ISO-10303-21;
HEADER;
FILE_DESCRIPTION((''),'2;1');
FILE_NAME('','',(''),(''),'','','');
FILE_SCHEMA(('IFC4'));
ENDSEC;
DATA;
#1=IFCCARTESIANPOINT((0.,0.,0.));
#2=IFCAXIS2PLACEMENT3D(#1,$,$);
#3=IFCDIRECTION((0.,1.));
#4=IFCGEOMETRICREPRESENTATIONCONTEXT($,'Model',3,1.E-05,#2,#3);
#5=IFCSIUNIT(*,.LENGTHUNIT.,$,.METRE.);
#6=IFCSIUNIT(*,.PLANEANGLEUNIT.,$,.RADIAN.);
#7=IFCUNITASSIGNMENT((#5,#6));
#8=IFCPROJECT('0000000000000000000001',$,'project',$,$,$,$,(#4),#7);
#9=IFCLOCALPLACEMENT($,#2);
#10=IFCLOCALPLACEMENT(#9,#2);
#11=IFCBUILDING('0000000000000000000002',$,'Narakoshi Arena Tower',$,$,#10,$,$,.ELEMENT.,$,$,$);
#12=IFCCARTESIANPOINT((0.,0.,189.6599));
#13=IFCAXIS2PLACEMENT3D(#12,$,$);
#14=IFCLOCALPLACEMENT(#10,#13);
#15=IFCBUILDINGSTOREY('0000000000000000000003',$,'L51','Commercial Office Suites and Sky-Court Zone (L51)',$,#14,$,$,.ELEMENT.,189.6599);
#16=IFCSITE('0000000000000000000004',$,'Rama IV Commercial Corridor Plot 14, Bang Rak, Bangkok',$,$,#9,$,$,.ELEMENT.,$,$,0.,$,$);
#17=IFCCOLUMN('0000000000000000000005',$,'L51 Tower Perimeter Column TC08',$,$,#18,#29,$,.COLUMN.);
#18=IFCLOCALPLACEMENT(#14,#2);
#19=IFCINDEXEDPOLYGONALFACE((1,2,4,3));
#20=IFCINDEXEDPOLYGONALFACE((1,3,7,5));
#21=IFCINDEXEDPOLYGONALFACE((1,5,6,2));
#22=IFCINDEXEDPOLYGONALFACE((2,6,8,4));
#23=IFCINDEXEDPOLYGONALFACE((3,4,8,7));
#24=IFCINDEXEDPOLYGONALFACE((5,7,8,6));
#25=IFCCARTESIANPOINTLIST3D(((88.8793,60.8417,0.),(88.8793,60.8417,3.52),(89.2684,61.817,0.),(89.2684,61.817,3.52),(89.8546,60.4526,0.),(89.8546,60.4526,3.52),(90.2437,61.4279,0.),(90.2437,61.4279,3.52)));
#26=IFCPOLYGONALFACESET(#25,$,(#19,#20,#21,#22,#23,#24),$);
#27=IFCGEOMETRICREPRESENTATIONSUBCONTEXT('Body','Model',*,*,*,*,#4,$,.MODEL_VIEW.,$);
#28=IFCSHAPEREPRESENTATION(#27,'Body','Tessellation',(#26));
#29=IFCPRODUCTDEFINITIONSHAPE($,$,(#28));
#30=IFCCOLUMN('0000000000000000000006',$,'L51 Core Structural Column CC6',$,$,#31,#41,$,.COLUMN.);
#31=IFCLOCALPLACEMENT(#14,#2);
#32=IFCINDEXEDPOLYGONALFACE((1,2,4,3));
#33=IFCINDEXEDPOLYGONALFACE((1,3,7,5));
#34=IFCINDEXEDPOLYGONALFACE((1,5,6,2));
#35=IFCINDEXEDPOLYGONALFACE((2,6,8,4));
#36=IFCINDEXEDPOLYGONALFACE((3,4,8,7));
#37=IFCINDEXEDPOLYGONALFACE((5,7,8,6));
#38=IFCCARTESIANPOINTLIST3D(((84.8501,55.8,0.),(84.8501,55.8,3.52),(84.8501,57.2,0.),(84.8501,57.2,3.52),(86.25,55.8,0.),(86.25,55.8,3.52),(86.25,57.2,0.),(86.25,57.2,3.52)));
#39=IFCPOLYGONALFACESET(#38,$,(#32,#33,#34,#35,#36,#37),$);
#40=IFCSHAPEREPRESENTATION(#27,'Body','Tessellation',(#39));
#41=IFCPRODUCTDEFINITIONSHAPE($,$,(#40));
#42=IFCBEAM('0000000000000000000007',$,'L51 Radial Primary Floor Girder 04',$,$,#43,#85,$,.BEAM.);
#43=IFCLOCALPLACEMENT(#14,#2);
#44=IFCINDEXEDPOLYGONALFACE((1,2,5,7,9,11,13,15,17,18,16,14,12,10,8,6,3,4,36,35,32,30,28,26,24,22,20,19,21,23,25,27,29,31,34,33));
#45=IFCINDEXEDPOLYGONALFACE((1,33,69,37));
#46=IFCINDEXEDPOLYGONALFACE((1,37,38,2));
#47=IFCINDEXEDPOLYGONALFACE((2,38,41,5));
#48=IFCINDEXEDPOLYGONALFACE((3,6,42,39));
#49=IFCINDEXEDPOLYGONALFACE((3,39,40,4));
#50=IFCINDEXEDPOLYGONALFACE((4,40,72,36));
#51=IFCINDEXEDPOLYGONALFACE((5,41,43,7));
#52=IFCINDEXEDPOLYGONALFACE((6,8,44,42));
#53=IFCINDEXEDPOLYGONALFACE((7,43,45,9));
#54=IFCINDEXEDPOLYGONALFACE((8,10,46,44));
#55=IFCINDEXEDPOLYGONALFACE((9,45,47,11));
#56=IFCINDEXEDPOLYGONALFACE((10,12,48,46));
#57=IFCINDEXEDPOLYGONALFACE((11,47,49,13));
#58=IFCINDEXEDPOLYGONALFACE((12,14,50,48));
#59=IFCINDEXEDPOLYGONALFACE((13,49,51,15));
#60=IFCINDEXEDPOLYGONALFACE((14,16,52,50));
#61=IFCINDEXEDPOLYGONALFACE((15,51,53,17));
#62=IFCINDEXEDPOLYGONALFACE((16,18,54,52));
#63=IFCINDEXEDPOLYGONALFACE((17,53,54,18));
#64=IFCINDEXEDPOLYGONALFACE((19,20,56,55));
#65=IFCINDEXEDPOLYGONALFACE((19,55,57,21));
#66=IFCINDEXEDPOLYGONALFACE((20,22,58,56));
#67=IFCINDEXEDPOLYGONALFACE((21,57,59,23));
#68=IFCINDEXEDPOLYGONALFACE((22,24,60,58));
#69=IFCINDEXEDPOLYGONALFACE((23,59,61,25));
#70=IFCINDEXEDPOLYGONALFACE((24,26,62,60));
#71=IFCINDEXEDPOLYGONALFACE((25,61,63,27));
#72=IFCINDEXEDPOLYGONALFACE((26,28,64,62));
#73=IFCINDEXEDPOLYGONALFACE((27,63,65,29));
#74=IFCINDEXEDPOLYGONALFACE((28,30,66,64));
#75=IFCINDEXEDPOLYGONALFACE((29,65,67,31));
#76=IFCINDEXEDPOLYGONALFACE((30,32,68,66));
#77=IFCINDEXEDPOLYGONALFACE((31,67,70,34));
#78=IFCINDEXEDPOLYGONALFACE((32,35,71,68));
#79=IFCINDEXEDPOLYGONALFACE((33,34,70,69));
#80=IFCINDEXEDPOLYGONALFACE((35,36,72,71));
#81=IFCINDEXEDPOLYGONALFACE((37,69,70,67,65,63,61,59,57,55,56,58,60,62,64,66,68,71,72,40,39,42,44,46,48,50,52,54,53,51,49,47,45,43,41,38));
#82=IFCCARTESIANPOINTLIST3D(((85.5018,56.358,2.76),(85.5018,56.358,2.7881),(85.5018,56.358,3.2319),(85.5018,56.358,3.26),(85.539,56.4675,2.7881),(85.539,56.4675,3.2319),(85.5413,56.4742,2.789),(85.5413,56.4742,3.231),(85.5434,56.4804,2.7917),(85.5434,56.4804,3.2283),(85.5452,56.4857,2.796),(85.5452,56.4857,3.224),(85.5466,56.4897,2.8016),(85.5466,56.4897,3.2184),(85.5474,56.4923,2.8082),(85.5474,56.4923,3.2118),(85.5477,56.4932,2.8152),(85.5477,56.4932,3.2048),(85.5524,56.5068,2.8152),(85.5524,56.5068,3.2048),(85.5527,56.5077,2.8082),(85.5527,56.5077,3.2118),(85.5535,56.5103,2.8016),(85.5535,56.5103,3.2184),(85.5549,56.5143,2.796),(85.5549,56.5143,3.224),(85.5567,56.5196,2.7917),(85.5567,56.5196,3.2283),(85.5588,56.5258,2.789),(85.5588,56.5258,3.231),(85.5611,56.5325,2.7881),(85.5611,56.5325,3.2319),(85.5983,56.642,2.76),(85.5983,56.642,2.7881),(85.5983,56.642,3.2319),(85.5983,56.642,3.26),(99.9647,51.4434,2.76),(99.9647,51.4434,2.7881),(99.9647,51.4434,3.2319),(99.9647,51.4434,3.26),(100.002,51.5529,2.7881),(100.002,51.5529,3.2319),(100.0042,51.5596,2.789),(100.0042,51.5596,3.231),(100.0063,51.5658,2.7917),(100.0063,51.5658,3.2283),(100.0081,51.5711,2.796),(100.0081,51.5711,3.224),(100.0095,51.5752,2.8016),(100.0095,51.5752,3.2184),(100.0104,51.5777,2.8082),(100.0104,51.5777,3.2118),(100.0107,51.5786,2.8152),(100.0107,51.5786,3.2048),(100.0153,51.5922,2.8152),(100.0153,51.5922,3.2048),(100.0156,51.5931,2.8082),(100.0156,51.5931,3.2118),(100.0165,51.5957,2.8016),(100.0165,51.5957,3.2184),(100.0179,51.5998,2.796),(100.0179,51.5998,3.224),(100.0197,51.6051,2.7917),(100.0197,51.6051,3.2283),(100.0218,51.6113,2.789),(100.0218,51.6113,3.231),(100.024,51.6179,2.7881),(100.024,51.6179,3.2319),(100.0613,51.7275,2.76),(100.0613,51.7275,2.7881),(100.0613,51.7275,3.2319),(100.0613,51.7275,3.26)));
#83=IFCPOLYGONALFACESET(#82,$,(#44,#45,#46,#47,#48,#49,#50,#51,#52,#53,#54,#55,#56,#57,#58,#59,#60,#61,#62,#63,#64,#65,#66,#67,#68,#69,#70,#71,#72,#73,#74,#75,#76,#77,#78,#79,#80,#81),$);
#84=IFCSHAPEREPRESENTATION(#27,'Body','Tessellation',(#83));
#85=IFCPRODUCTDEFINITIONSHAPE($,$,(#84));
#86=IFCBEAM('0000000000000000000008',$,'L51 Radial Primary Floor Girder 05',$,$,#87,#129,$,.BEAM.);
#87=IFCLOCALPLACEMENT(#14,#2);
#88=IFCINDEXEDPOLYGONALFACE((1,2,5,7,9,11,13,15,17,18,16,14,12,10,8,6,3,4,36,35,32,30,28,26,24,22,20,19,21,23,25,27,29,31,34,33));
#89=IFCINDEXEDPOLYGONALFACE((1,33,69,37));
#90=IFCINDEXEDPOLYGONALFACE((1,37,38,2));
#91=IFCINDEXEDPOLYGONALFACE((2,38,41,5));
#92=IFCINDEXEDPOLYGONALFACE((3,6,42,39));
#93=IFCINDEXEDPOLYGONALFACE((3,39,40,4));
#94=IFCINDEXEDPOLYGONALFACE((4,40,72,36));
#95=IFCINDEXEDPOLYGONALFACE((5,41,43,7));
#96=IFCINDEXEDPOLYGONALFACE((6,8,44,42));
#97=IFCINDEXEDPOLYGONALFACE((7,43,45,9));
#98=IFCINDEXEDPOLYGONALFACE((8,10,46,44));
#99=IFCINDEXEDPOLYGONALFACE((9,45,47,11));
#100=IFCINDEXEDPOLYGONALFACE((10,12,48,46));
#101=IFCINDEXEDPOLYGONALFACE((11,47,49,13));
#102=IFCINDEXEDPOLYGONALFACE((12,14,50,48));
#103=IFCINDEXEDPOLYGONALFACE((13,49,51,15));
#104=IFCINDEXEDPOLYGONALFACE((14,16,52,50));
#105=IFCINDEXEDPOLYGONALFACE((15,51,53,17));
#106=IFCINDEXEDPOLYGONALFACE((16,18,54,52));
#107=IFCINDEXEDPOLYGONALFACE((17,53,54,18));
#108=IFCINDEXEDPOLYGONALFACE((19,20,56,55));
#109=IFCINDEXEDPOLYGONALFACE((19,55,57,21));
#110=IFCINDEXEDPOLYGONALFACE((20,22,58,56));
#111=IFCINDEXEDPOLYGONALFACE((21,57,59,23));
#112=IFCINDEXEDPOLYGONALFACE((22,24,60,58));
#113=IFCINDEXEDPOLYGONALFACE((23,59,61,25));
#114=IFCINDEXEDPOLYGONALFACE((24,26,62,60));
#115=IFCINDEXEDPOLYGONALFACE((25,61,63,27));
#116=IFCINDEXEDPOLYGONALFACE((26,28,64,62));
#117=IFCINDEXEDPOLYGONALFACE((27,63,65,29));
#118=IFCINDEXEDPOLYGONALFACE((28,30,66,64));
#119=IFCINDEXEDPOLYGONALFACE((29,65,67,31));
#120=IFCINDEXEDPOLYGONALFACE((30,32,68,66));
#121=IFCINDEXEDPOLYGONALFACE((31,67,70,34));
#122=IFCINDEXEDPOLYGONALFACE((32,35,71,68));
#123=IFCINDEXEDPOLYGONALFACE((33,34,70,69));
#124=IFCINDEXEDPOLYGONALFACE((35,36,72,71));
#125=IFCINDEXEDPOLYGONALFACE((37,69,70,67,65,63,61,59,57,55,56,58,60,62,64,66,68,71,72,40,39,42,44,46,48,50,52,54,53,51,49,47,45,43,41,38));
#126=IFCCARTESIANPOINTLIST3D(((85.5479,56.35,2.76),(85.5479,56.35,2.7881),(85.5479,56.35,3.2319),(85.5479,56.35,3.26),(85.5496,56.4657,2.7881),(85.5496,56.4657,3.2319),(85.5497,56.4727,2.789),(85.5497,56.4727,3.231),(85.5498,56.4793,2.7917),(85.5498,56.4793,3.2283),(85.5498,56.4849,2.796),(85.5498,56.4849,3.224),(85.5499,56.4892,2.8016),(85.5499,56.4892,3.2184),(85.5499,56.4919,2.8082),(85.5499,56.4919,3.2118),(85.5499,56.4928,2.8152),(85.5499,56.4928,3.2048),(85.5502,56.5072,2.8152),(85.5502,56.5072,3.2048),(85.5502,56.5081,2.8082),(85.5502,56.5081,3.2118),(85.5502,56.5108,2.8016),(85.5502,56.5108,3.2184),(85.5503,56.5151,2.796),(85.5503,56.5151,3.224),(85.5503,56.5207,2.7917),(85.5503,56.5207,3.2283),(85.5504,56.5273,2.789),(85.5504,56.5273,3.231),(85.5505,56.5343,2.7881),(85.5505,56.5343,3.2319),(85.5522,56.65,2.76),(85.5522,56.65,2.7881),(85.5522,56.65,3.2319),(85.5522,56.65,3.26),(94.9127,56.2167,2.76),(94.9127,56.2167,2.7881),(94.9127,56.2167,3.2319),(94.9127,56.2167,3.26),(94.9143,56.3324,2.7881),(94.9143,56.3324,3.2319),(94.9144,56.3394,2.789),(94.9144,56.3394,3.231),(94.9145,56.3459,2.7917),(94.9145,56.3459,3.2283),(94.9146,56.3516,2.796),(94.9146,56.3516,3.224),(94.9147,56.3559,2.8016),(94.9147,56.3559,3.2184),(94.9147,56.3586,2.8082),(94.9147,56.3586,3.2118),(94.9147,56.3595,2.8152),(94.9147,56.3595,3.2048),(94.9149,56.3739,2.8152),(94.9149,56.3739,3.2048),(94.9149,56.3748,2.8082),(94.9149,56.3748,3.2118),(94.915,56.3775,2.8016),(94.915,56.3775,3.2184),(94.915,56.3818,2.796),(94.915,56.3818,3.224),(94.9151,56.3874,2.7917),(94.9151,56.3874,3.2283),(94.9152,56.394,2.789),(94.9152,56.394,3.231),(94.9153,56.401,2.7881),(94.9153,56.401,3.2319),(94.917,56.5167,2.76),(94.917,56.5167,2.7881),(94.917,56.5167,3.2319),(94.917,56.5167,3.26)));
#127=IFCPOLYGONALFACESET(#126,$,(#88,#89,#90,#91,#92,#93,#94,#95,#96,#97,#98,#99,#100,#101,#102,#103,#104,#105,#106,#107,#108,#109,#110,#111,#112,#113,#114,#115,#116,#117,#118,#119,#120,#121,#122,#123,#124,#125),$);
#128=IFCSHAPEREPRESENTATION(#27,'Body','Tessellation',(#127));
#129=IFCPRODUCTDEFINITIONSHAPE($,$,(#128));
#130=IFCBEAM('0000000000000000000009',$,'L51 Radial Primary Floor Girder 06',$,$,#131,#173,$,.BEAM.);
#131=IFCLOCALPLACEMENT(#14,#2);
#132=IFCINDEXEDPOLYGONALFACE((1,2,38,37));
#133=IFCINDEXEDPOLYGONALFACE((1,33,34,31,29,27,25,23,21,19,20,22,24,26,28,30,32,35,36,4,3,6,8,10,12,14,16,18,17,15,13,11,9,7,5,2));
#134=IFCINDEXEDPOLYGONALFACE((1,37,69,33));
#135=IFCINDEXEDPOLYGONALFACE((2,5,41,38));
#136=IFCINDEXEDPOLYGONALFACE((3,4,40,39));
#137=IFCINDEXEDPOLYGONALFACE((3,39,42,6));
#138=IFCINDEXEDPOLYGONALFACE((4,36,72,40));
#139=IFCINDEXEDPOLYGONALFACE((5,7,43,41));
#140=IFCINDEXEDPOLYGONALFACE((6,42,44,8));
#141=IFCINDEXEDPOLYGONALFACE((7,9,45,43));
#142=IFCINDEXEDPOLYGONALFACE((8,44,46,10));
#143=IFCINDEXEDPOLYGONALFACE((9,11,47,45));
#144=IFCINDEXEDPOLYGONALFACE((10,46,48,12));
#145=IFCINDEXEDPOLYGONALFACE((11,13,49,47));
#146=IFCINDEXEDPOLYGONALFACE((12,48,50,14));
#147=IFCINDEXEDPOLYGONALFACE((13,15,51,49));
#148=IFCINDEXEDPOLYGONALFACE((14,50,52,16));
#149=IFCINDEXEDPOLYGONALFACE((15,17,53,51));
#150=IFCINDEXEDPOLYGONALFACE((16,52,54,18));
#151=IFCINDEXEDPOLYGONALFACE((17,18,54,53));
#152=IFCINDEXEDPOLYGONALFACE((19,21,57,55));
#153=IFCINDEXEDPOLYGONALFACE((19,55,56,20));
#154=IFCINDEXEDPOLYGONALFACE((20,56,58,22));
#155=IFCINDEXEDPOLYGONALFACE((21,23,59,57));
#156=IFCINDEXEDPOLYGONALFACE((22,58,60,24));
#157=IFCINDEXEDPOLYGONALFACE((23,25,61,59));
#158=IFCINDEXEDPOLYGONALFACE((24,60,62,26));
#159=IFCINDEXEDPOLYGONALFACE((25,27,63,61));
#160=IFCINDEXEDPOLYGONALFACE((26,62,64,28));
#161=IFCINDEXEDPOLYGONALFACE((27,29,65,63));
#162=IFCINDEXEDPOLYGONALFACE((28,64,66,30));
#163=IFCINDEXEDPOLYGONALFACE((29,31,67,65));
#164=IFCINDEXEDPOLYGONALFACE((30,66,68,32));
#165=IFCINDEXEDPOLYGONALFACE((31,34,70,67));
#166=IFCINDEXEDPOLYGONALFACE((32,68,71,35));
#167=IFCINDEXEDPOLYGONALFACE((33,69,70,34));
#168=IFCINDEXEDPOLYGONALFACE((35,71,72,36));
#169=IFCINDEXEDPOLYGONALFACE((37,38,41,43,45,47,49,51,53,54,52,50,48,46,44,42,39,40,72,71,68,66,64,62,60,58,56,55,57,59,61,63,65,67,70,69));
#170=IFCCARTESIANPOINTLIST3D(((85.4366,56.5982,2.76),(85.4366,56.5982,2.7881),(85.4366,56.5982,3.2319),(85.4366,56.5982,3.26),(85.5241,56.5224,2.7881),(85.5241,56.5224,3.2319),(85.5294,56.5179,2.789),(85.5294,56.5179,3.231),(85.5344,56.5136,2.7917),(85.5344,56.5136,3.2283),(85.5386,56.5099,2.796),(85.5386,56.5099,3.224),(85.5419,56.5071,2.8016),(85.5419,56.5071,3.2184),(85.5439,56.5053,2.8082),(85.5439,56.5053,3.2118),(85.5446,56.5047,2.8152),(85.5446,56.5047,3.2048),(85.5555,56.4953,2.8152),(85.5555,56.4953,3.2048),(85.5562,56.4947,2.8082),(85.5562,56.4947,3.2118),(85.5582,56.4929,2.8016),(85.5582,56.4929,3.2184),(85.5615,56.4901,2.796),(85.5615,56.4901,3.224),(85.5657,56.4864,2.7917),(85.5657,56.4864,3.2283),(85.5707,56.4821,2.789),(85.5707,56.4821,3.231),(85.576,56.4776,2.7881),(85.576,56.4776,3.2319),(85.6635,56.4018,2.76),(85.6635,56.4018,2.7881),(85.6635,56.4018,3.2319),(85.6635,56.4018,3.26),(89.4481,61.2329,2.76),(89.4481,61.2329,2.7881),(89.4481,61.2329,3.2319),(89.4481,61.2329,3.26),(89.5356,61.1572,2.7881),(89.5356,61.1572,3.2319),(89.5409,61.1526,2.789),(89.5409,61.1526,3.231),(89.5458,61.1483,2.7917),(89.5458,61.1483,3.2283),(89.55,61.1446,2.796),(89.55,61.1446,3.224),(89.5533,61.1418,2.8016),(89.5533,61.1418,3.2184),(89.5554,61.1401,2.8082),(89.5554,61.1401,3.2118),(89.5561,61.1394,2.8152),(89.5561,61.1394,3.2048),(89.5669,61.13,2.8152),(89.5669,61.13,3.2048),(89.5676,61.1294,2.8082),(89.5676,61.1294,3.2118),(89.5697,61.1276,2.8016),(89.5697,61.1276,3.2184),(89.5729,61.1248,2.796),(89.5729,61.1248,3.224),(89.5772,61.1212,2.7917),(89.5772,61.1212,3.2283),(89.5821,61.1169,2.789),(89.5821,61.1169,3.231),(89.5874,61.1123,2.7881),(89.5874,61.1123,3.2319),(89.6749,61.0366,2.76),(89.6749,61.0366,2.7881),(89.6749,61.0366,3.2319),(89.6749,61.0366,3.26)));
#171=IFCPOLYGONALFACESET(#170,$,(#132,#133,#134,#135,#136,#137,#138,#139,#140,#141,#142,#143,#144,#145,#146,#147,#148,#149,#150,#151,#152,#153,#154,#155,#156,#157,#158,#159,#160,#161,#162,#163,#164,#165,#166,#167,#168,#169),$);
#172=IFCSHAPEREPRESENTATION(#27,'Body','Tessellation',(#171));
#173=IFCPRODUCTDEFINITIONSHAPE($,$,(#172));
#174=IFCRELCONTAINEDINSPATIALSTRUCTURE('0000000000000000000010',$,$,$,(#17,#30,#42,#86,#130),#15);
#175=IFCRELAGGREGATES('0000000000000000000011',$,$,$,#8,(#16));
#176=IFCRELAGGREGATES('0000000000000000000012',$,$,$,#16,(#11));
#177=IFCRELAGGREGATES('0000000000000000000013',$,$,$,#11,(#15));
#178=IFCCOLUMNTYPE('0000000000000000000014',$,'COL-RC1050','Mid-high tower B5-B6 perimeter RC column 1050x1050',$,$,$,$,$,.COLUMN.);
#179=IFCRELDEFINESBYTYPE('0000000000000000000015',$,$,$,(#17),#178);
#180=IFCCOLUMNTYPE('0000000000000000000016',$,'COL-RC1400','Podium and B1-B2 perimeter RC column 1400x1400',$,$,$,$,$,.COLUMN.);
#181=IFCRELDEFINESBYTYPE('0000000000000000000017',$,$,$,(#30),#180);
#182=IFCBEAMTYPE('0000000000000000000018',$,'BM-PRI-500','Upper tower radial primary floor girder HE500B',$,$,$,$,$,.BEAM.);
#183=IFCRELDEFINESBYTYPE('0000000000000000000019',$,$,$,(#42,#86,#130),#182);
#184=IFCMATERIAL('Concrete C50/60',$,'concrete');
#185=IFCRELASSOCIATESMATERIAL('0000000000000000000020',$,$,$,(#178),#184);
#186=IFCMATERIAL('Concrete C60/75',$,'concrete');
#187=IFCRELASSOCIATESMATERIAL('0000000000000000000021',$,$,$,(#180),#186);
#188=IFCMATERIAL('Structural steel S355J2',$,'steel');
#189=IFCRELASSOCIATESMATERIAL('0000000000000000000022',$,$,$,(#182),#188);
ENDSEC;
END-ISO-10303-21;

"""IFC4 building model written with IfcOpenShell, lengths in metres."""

from ifc_helpers import new_model, si_unit, direction, frame, origin, origin_2d, place, context, subcontext, project, spatial, rectangle, i_section, extrude, material, material_profile, profile_set, type_object, element, save


model = new_model("IFC4")

# Units and contexts
model_context = context("Model", 3, precision=1e-05, world=origin(), true_north=direction((0.0, 1.0)))
body_context = subcontext(model_context, "Body", "Model", "MODEL_VIEW")
ifc_project = project(units=[si_unit("LENGTHUNIT", "METRE"), si_unit("PLANEANGLEUNIT", "RADIAN")], contexts=[model_context])

# Site, building, storey
site_placement = place(None, origin())
site = spatial("IfcSite", under=ifc_project, at=site_placement, Name="Rama IV Commercial Corridor Plot 14, Bang Rak, Bangkok", CompositionType="ELEMENT", RefElevation=0.0)
building_placement = place(site_placement, origin())
building = spatial("IfcBuilding", under=site, at=building_placement, Name="Narakoshi Arena Tower", CompositionType="ELEMENT")
storey_placement = place(building_placement, frame((0.0, 0.0, 189.6599)))
storey = spatial("IfcBuildingStorey", under=building, at=storey_placement, Name="L51", Description="Commercial Office Suites and Sky-Court Zone (L51)", CompositionType="ELEMENT", Elevation=189.6599)

# Columns
ifc_material_1 = material(Name="Concrete C50/60", Category="concrete")
ifc_material_profile_1 = material_profile(ifc_material_1, rectangle(XDim=1.05, YDim=1.05, at=origin_2d()), Name="RC1050x1050")
ifc_profile_set_1 = profile_set([ifc_material_profile_1], Name="Concrete C50/60")
column_type_1 = type_object("IfcColumnType", Name="COL-RC1050", Description="Mid-high tower B5-B6 perimeter RC column 1050x1050", PredefinedType="COLUMN", material=ifc_profile_set_1)
column_1_placement = place(storey_placement, frame((89.5615, 61.1348, 0.0), z_axis=(0.0, 0.0, 1.0), x_axis=(0.370557, 0.92881, 0.0)))
element("IfcColumn", 1, at=column_1_placement, inside=storey, type_object=column_type_1, Name="L51 Tower Perimeter Column TC08", PredefinedType="COLUMN", context=body_context, shape_type="SweptSolid", body=[
    extrude(rectangle(XDim=1.05, YDim=1.05, at=origin_2d()), origin(), (0.0, 0.0, 1.0), 3.52),
])
ifc_material_2 = material(Name="Concrete C60/75", Category="concrete")
ifc_material_profile_2 = material_profile(ifc_material_2, rectangle(XDim=1.3999, YDim=1.3999, at=origin_2d()), Name="RC1400x1400")
ifc_profile_set_2 = profile_set([ifc_material_profile_2], Name="Concrete C60/75")
column_type_2 = type_object("IfcColumnType", Name="COL-RC1400", Description="Podium and B1-B2 perimeter RC column 1400x1400", PredefinedType="COLUMN", material=ifc_profile_set_2)
column_2_placement = place(storey_placement, frame((85.55, 56.5, 0.0), z_axis=(0.0, 0.0, 1.0), x_axis=(1.0, 0.0, 0.0)))
element("IfcColumn", 2, at=column_2_placement, inside=storey, type_object=column_type_2, Name="L51 Core Structural Column CC6", PredefinedType="COLUMN", context=body_context, shape_type="SweptSolid", body=[
    extrude(rectangle(XDim=1.3999, YDim=1.3999, at=origin_2d()), origin(), (0.0, 0.0, 1.0), 3.52),
])

# Beams
ifc_material_3 = material(Name="Structural steel S355J2", Category="steel")
ifc_material_profile_3 = material_profile(ifc_material_3, i_section(OverallWidth=0.3, OverallDepth=0.5, WebThickness=0.0144, FlangeThickness=0.0281, FilletRadius=0.0271, at=origin_2d()), Name="HE500B")
ifc_profile_set_3 = profile_set([ifc_material_profile_3], Name="Structural steel S355J2")
beam_type_1 = type_object("IfcBeamType", Name="BM-PRI-500", Description="Upper tower radial primary floor girder HE500B", PredefinedType="BEAM", material=ifc_profile_set_3)
beam_1_placement = place(storey_placement, frame((85.55, 56.5, 3.01), z_axis=(0.946829, -0.321737, 0.0), x_axis=(0.321737, 0.946829, 0.0)))
element("IfcBeam", 3, at=beam_1_placement, inside=storey, type_object=beam_type_1, Name="L51 Radial Primary Floor Girder 04", PredefinedType="BEAM", context=body_context, shape_type="SweptSolid", body=[
    extrude(i_section(OverallWidth=0.3, OverallDepth=0.5, WebThickness=0.0144, FlangeThickness=0.0281, FilletRadius=0.0271, at=origin_2d()), origin(), (0.0, 0.0, 1.0), 15.2751),
])
beam_2_placement = place(storey_placement, frame((85.55, 56.5, 3.01), z_axis=(0.999899, -0.014233, 0.0), x_axis=(0.014233, 0.999899, 0.0)))
element("IfcBeam", 4, at=beam_2_placement, inside=storey, type_object=beam_type_1, Name="L51 Radial Primary Floor Girder 05", PredefinedType="BEAM", context=body_context, shape_type="SweptSolid", body=[
    extrude(i_section(OverallWidth=0.3, OverallDepth=0.5, WebThickness=0.0144, FlangeThickness=0.0281, FilletRadius=0.0271, at=origin_2d()), origin(), (0.0, 0.0, 1.0), 9.3657),
])
beam_3_placement = place(storey_placement, frame((85.55, 56.5, 3.01), z_axis=(0.654435, 0.756119, 0.0), x_axis=(-0.756119, 0.654435, 0.0)))
element("IfcBeam", 5, at=beam_3_placement, inside=storey, type_object=beam_type_1, Name="L51 Radial Primary Floor Girder 06", PredefinedType="BEAM", context=body_context, shape_type="SweptSolid", body=[
    extrude(i_section(OverallWidth=0.3, OverallDepth=0.5, WebThickness=0.0144, FlangeThickness=0.0281, FilletRadius=0.0271, at=origin_2d()), origin(), (0.0, 0.0, 1.0), 6.1296),
])

save(model, "model.ifc")
